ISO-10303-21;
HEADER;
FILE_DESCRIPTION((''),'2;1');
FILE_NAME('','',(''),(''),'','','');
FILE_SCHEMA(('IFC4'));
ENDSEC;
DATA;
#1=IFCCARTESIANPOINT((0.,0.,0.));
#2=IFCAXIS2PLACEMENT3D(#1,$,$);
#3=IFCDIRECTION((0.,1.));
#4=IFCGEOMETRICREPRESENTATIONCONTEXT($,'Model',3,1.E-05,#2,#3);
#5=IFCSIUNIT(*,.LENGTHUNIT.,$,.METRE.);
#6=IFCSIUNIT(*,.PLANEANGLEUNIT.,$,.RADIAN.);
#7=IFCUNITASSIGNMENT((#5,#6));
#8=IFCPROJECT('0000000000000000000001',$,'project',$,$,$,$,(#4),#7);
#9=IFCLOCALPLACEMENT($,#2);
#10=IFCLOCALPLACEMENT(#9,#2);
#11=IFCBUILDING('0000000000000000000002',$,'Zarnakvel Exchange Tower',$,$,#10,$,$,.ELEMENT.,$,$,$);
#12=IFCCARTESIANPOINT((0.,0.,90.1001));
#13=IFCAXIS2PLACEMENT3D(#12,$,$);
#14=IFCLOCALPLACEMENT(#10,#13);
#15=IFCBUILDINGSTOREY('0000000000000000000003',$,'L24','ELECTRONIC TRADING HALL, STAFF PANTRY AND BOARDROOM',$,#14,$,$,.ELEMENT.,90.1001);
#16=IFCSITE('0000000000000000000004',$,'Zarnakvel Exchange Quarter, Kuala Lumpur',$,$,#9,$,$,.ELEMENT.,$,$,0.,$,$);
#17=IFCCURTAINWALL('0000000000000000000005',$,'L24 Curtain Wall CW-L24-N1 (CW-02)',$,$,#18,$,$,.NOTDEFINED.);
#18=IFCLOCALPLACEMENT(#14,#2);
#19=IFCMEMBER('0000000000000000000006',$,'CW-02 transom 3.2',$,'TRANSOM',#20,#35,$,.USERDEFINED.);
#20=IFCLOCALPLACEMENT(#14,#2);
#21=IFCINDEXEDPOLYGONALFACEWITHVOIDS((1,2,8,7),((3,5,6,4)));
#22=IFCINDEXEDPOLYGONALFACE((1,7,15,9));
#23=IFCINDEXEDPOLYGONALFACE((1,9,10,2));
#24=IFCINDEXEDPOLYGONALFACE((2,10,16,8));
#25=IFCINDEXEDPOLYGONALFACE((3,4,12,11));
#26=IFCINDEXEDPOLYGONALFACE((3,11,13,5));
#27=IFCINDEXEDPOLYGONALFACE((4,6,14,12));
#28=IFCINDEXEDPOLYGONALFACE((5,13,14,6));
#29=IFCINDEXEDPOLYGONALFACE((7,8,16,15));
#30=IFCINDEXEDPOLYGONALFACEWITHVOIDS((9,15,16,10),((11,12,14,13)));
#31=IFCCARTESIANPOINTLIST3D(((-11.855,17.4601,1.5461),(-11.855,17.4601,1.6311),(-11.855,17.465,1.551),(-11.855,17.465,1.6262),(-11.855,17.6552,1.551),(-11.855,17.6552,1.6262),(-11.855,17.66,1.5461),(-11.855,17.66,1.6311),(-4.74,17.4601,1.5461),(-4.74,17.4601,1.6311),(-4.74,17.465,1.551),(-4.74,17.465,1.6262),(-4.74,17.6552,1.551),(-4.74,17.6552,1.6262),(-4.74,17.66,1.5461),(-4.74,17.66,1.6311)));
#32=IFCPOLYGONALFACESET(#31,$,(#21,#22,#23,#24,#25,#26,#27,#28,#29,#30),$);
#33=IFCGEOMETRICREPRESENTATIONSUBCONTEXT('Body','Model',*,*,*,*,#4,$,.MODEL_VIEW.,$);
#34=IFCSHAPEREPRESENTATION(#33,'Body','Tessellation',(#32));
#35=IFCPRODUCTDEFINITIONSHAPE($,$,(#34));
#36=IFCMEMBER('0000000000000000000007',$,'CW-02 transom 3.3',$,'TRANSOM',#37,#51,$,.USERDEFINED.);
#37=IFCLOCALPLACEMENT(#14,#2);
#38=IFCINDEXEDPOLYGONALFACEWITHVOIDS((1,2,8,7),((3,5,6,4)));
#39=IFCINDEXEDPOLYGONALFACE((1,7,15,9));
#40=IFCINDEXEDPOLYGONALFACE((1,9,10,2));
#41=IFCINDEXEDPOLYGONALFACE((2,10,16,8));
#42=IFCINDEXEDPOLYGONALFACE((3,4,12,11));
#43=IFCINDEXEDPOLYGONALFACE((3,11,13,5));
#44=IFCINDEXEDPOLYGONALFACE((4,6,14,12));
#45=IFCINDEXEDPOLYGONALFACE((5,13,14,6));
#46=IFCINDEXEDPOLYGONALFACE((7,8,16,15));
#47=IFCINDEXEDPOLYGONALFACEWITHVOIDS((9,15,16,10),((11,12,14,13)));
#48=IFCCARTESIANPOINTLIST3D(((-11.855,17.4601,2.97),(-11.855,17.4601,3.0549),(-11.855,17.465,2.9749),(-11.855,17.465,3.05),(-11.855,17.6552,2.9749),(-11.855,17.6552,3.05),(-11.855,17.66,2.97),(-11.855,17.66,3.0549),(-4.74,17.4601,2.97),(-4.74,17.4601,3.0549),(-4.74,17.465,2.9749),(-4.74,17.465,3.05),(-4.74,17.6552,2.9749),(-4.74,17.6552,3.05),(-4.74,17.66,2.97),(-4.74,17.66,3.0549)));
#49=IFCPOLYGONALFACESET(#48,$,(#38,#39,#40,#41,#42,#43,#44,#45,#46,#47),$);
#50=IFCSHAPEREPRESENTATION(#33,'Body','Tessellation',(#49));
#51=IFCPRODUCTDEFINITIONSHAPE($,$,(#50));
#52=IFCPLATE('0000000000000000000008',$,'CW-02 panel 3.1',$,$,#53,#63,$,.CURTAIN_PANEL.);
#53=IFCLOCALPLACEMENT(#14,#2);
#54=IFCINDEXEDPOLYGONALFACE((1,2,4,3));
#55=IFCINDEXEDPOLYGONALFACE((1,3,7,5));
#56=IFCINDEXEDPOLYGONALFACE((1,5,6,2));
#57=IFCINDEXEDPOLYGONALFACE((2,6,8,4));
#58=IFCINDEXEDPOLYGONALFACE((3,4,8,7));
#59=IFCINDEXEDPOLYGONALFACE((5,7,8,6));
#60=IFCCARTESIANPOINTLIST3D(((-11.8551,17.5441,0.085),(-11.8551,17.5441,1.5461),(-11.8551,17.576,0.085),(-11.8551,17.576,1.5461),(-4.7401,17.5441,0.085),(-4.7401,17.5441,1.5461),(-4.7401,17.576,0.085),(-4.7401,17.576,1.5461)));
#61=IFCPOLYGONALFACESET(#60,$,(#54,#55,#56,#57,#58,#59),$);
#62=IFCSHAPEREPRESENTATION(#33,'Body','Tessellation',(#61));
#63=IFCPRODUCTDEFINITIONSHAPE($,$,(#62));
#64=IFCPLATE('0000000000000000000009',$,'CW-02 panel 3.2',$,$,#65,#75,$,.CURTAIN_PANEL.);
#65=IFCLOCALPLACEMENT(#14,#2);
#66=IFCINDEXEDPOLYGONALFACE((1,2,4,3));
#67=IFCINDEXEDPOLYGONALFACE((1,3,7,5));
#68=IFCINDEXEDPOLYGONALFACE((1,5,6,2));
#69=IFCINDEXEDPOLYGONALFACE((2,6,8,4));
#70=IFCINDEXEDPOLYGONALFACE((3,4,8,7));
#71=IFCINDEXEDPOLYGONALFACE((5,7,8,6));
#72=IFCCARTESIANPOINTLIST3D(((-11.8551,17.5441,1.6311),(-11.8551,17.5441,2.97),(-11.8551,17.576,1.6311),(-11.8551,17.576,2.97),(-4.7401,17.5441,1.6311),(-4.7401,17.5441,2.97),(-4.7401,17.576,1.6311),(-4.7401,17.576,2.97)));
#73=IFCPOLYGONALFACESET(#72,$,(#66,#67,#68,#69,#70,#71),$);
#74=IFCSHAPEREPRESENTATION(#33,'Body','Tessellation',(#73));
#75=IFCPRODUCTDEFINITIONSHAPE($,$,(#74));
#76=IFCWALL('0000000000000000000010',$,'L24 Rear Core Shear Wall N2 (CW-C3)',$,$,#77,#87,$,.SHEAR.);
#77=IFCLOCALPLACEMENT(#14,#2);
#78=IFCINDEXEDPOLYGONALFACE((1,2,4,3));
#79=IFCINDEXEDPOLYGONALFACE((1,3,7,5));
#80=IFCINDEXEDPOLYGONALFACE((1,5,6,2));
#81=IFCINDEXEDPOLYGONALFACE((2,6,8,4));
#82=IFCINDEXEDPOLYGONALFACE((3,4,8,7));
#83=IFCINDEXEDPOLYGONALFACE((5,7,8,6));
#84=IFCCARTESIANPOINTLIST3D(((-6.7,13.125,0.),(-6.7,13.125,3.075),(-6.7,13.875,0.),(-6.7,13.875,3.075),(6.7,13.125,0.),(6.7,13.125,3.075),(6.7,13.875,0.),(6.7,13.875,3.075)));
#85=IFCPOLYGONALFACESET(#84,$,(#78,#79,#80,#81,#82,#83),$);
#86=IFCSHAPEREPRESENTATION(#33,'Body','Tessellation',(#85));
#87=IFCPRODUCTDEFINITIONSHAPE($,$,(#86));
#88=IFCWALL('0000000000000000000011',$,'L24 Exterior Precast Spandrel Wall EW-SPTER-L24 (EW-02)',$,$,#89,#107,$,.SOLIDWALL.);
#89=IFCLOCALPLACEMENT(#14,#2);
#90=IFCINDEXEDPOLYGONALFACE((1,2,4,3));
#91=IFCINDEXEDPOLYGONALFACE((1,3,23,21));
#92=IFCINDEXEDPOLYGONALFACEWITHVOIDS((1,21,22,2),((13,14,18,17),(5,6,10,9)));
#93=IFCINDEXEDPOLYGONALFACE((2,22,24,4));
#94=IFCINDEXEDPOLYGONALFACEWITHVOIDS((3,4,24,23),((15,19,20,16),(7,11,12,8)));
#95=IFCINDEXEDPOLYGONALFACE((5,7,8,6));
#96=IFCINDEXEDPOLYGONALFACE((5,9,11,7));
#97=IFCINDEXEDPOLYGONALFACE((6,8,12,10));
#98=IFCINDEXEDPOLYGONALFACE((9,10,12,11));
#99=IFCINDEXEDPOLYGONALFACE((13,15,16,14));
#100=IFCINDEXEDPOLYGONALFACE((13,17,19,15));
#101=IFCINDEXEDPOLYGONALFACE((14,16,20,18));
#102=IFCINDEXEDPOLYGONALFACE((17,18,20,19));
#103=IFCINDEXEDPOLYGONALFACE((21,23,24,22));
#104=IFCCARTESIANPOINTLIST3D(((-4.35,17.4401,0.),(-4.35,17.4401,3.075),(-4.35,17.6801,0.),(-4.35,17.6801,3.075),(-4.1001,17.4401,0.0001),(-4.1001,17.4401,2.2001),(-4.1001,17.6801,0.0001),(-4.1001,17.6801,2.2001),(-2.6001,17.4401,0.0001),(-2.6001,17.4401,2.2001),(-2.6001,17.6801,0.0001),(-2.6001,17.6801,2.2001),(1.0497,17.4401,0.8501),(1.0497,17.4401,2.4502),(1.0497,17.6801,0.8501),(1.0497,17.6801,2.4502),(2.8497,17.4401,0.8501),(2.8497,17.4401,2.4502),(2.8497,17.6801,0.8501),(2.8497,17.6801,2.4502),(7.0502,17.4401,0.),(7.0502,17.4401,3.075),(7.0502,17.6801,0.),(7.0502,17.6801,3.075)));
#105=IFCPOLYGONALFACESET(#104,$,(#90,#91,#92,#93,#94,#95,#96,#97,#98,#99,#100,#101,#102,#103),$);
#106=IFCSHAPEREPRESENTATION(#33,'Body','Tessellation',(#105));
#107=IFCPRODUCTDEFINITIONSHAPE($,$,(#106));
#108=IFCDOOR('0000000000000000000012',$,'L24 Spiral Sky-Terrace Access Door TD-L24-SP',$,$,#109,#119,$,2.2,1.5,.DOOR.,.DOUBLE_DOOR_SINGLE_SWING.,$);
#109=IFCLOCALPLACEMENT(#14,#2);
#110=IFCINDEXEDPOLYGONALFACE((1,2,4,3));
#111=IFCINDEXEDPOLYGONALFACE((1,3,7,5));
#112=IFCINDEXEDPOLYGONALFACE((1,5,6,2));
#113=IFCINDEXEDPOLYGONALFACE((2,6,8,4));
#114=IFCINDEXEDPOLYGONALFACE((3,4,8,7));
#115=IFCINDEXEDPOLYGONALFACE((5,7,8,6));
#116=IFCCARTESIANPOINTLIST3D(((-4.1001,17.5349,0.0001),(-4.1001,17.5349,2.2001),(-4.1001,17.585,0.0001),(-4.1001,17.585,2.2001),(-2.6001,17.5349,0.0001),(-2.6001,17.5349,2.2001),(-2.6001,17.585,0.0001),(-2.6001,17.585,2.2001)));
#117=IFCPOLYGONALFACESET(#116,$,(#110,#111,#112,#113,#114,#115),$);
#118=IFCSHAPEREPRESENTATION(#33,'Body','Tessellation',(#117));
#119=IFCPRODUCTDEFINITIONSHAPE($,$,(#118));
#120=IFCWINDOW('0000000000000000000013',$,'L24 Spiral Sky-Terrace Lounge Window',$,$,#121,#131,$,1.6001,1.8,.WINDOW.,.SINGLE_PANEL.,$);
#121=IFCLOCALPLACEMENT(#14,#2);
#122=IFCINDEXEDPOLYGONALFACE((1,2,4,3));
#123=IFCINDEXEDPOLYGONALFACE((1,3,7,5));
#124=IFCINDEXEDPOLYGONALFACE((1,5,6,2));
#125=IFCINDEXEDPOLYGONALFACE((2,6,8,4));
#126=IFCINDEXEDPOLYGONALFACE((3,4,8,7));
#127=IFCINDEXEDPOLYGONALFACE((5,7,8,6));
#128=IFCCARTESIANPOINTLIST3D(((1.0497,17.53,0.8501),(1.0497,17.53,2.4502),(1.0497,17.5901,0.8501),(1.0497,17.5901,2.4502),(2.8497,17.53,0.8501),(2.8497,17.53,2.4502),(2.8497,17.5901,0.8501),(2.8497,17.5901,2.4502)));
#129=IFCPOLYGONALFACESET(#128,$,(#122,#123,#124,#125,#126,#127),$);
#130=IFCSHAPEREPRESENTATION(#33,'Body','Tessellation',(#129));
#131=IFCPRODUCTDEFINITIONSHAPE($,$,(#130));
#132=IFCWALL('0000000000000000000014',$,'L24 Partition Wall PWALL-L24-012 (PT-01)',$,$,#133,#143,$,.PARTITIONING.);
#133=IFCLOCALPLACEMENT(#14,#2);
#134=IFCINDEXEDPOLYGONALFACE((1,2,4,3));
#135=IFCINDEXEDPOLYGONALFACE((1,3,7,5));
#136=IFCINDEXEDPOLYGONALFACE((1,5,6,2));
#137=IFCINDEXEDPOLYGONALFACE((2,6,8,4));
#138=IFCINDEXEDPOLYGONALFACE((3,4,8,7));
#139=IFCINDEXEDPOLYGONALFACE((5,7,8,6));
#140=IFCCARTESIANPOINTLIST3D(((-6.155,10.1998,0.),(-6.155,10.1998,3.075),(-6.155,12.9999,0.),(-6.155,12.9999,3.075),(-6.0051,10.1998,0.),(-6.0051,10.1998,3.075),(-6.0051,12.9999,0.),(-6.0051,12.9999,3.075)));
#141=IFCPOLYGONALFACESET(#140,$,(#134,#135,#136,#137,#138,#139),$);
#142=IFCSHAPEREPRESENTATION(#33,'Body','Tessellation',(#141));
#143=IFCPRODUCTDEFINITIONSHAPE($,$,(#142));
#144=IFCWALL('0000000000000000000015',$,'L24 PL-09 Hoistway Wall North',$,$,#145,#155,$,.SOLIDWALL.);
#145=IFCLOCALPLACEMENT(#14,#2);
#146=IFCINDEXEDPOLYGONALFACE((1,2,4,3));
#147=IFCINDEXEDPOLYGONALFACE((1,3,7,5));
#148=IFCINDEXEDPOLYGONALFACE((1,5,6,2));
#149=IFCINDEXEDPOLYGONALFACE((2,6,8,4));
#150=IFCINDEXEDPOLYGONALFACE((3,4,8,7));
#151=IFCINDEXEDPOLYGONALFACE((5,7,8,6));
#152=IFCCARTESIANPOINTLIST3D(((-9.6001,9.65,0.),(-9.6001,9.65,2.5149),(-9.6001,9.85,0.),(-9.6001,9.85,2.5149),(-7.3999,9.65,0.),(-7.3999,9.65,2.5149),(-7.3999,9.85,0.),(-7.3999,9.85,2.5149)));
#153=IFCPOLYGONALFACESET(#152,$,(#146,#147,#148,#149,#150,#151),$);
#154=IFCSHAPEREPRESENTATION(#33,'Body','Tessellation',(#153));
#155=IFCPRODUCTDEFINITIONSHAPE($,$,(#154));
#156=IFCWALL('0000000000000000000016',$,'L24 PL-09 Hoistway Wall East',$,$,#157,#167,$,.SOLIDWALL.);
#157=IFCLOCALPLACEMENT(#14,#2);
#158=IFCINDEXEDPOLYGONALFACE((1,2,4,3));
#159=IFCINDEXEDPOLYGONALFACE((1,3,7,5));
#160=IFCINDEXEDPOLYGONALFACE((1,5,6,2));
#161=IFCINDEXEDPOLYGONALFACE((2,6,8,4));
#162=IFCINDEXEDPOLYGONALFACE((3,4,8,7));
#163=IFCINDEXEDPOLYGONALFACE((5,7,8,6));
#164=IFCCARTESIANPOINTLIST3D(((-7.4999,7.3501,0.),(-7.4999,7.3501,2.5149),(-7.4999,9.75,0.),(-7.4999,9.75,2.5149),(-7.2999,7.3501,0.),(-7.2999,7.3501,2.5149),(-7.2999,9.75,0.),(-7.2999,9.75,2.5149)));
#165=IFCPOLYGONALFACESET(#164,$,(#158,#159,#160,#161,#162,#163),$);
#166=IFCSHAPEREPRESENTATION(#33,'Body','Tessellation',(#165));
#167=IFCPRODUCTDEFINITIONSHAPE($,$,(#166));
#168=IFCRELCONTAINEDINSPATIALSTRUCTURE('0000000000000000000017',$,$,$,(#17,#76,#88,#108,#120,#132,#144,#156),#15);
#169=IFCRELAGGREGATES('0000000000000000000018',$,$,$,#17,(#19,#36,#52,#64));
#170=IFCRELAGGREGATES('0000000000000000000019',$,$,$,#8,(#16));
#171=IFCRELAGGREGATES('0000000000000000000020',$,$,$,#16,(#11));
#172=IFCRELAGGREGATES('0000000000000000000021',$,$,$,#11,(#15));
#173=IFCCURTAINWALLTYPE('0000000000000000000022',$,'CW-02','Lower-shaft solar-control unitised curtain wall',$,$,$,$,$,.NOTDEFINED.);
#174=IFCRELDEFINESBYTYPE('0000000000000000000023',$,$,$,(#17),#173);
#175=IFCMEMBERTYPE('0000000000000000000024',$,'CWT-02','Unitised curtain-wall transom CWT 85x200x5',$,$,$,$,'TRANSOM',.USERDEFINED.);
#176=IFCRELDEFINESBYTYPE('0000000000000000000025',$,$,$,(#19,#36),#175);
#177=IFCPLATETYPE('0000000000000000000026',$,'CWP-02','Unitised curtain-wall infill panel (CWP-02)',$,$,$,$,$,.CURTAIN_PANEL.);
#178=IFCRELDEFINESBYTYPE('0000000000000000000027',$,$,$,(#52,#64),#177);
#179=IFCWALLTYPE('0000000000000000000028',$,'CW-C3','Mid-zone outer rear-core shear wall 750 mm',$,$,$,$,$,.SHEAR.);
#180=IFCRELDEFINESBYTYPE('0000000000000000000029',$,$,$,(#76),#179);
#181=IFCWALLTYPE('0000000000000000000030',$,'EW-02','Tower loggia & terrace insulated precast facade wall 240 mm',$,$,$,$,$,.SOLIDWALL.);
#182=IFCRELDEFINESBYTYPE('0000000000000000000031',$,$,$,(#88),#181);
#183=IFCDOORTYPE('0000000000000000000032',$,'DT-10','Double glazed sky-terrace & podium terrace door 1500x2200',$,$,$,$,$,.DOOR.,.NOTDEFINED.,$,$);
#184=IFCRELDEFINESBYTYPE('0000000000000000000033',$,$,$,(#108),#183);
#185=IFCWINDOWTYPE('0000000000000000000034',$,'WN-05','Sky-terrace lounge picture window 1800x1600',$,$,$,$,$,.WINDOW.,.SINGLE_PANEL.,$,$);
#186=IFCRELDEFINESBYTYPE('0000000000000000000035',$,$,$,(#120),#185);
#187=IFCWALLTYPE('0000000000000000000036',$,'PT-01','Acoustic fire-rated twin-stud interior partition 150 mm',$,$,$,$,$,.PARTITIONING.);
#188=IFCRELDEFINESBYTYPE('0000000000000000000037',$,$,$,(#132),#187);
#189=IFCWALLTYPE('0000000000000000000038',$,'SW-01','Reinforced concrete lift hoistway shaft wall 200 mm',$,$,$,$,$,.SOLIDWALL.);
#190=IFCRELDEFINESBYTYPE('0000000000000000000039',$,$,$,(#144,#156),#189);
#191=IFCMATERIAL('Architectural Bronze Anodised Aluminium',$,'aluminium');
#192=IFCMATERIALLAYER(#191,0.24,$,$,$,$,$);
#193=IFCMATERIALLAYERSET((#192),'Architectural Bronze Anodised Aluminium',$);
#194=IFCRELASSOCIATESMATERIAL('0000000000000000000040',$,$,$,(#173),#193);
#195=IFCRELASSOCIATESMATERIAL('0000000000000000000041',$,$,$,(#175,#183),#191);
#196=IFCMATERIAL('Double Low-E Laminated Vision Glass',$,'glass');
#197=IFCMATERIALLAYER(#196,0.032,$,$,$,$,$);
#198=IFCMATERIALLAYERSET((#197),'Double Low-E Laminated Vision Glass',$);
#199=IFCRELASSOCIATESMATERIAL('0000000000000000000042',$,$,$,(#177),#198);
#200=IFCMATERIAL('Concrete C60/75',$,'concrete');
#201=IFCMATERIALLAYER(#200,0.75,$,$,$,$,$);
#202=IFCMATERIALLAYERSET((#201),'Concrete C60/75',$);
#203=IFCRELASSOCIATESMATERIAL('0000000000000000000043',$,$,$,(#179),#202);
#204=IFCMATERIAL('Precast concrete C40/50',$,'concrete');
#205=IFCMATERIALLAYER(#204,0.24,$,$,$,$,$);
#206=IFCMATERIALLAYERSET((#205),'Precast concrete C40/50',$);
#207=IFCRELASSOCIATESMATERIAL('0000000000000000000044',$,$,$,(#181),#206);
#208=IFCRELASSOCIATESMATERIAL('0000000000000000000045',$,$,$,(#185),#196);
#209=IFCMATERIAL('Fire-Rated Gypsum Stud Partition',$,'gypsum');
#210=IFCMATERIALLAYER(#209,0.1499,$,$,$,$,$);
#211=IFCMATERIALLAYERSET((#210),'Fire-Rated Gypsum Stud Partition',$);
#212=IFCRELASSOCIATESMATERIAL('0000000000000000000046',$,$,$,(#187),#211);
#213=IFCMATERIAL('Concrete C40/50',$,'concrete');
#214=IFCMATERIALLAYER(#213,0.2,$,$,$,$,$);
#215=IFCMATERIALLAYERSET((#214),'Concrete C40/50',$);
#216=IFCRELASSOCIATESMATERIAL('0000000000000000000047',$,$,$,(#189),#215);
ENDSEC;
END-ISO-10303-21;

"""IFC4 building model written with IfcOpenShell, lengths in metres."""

from ifc_helpers import new_model, si_unit, direction, frame, frame_2d, origin, origin_2d, place, context, subcontext, project, spatial, rectangle, hollow_rectangle, extrude, source, transform, mapped, material, layer, layer_set, material_profile, profile_set, type_object, element, fill, aggregate, save


model = new_model("IFC4")

# Units and contexts
model_context = context("Model", 3, precision=1e-05, world=origin(), true_north=direction((0.0, 1.0)))
body_context = subcontext(model_context, "Body", "Model", "MODEL_VIEW")
ifc_project = project(units=[si_unit("LENGTHUNIT", "METRE"), si_unit("PLANEANGLEUNIT", "RADIAN")], contexts=[model_context])

# Site, building, storey
site_placement = place(None, origin())
site = spatial("IfcSite", under=ifc_project, at=site_placement, Name="Zarnakvel Exchange Quarter, Kuala Lumpur", CompositionType="ELEMENT", RefElevation=0.0)
building_placement = place(site_placement, origin())
building = spatial("IfcBuilding", under=site, at=building_placement, Name="Zarnakvel Exchange Tower", CompositionType="ELEMENT")
storey_placement = place(building_placement, frame((0.0, 0.0, 90.1001)))
storey = spatial("IfcBuildingStorey", under=building, at=storey_placement, Name="L24", Description="ELECTRONIC TRADING HALL, STAFF PANTRY AND BOARDROOM", CompositionType="ELEMENT", Elevation=90.1001)

# Shared definitions
ifc_material_1 = material(Name="Concrete C60/75", Category="concrete")

# Curtain wall, members, plates
ifc_material_2 = material(Name="Architectural Bronze Anodised Aluminium", Category="aluminium")
ifc_layer_1 = layer(ifc_material_2, 0.24)
ifc_layer_set_1 = layer_set([ifc_layer_1], Name="Architectural Bronze Anodised Aluminium")
curtain_wall_type = type_object("IfcCurtainWallType", Name="CW-02", Description="Lower-shaft solar-control unitised curtain wall", PredefinedType="NOTDEFINED", material=ifc_layer_set_1)
curtain_wall_placement = place(storey_placement, origin())
curtain_wall = element("IfcCurtainWall", 1, at=curtain_wall_placement, inside=storey, type_object=curtain_wall_type, Name="L24 Curtain Wall CW-L24-N1 (CW-02)", PredefinedType="NOTDEFINED")
ifc_material_profile_1 = material_profile(ifc_material_2, hollow_rectangle(XDim=0.2, YDim=0.085, WallThickness=0.0049, at=origin_2d()))
ifc_profile_set_1 = profile_set([ifc_material_profile_1], Name="Architectural Bronze Anodised Aluminium")
member_type_1 = type_object("IfcMemberType", Name="CWT-02", Description="Unitised curtain-wall transom CWT 85x200x5", ElementType="TRANSOM", PredefinedType="USERDEFINED", material=ifc_profile_set_1)
shared_shape_1 = source(origin(), body_context, "Body", "SweptSolid", [
    extrude(hollow_rectangle(XDim=0.2, YDim=0.085, WallThickness=0.0049, at=origin_2d()), origin(), (0.0, 0.0, 1.0), 7.115),
])
member_1_placement = place(storey_placement, frame((-11.855, 17.5601, 1.5886), z_axis=(1.0, 0.0, 0.0), x_axis=(0.0, 1.0, 0.0)))
member_1 = element("IfcMember", 2, at=member_1_placement, type_object=member_type_1, Name="CW-02 transom 3.2", ObjectType="TRANSOM", PredefinedType="USERDEFINED", context=body_context, shape_type="MappedRepresentation", body=[
    mapped(shared_shape_1, transform((0.0, 0.0, 0.0), x_axis=(1.0, 0.0, 0.0), y_axis=(0.0, 1.0, 0.0), z_axis=(0.0, 0.0, 1.0), scale=1.0)),
])
member_2_placement = place(storey_placement, frame((-11.855, 17.5601, 3.0125), z_axis=(1.0, 0.0, 0.0), x_axis=(0.0, 1.0, 0.0)))
member_2 = element("IfcMember", 3, at=member_2_placement, type_object=member_type_1, Name="CW-02 transom 3.3", ObjectType="TRANSOM", PredefinedType="USERDEFINED", context=body_context, shape_type="MappedRepresentation", body=[
    mapped(shared_shape_1, transform((0.0, 0.0, 0.0), x_axis=(1.0, 0.0, 0.0), y_axis=(0.0, 1.0, 0.0), z_axis=(0.0, 0.0, 1.0), scale=1.0)),
])
ifc_material_3 = material(Name="Double Low-E Laminated Vision Glass", Category="glass")
ifc_layer_2 = layer(ifc_material_3, 0.032)
ifc_layer_set_2 = layer_set([ifc_layer_2], Name="Double Low-E Laminated Vision Glass")
plate_type = type_object("IfcPlateType", Name="CWP-02", Description="Unitised curtain-wall infill panel (CWP-02)", PredefinedType="CURTAIN_PANEL", material=ifc_layer_set_2)
shared_shape_2 = source(origin(), body_context, "Body", "SweptSolid", [
    extrude(rectangle(XDim=7.115, YDim=0.032, at=origin_2d()), origin(), (0.0, 0.0, 1.0), 1.4612),
])
plate_1_placement = place(storey_placement, frame((-8.2976, 17.5601, 0.085), z_axis=(0.0, 0.0, 1.0), x_axis=(1.0, 0.0, 0.0)))
plate_1 = element("IfcPlate", 4, at=plate_1_placement, type_object=plate_type, Name="CW-02 panel 3.1", PredefinedType="CURTAIN_PANEL", context=body_context, shape_type="MappedRepresentation", body=[
    mapped(shared_shape_2, transform((0.0, 0.0, 0.0), x_axis=(1.0, 0.0, 0.0), y_axis=(0.0, 1.0, 0.0), z_axis=(0.0, 0.0, 1.0), scale=1.0)),
])
shared_shape_3 = source(origin(), body_context, "Body", "SweptSolid", [
    extrude(rectangle(XDim=7.115, YDim=0.032, at=origin_2d()), origin(), (0.0, 0.0, 1.0), 1.3389),
])
plate_2_placement = place(storey_placement, frame((-8.2976, 17.5601, 1.6311), z_axis=(0.0, 0.0, 1.0), x_axis=(1.0, 0.0, 0.0)))
plate_2 = element("IfcPlate", 5, at=plate_2_placement, type_object=plate_type, Name="CW-02 panel 3.2", PredefinedType="CURTAIN_PANEL", context=body_context, shape_type="MappedRepresentation", body=[
    mapped(shared_shape_3, transform((0.0, 0.0, 0.0), x_axis=(1.0, 0.0, 0.0), y_axis=(0.0, 1.0, 0.0), z_axis=(0.0, 0.0, 1.0), scale=1.0)),
])
aggregate(curtain_wall, [member_1, member_2, plate_1, plate_2])

# Wall
ifc_layer_3 = layer(ifc_material_1, 0.75)
ifc_layer_set_3 = layer_set([ifc_layer_3], Name="Concrete C60/75")
wall_type_1 = type_object("IfcWallType", Name="CW-C3", Description="Mid-zone outer rear-core shear wall 750 mm", PredefinedType="SHEAR", material=ifc_layer_set_3)
wall_1_placement = place(storey_placement, frame((-6.7, 13.5, 0.0), z_axis=(0.0, 0.0, 1.0), x_axis=(1.0, 0.0, 0.0)))
element("IfcWall", 6, at=wall_1_placement, inside=storey, type_object=wall_type_1, Name="L24 Rear Core Shear Wall N2 (CW-C3)", PredefinedType="SHEAR", context=body_context, shape_type="SweptSolid", body=[
    extrude(rectangle(XDim=13.3999, YDim=0.75, at=frame_2d((6.7, 0.0))), origin(), (0.0, 0.0, 1.0), 3.075),
])

# Wall, openings, door, window
ifc_material_4 = material(Name="Precast concrete C40/50", Category="concrete")
ifc_layer_4 = layer(ifc_material_4, 0.24)
ifc_layer_set_4 = layer_set([ifc_layer_4], Name="Precast concrete C40/50")
wall_type_2 = type_object("IfcWallType", Name="EW-02", Description="Tower loggia & terrace insulated precast facade wall 240 mm", PredefinedType="SOLIDWALL", material=ifc_layer_set_4)
wall_2_placement = place(storey_placement, frame((-4.3501, 17.5601, 0.0), z_axis=(0.0, 0.0, 1.0), x_axis=(1.0, 0.0, 0.0)))
wall_2 = element("IfcWall", 7, at=wall_2_placement, inside=storey, type_object=wall_type_2, Name="L24 Exterior Precast Spandrel Wall EW-SPTER-L24 (EW-02)", PredefinedType="SOLIDWALL", context=body_context, shape_type="SweptSolid", body=[
    extrude(rectangle(XDim=11.4001, YDim=0.24, at=frame_2d((5.7002, 0.0))), origin(), (0.0, 0.0, 1.0), 3.075),
])
opening_1_placement = place(wall_2_placement, frame((0.25, 0.0, 0.0)))
opening_1 = element("IfcOpeningElement", 8, at=opening_1_placement, cuts=wall_2, PredefinedType="OPENING", context=body_context, shape_type="SweptSolid", body=[
    extrude(rectangle(XDim=1.5, YDim=2.2, at=frame_2d((0.75, 1.1001))), frame((0.0, 0.1299, 0.0), z_axis=(0.0, -1.0, 0.0), x_axis=(1.0, 0.0, 0.0)), (0.0, 0.0, 1.0), 0.26),
])
opening_2_placement = place(wall_2_placement, frame((5.3999, 0.0, 0.8501)))
opening_2 = element("IfcOpeningElement", 9, at=opening_2_placement, cuts=wall_2, PredefinedType="OPENING", context=body_context, shape_type="SweptSolid", body=[
    extrude(rectangle(XDim=1.8, YDim=1.6001, at=frame_2d((0.8999, 0.8))), frame((0.0, 0.1299, 0.0), z_axis=(0.0, -1.0, 0.0), x_axis=(1.0, 0.0, 0.0)), (0.0, 0.0, 1.0), 0.26),
])
door_type = type_object("IfcDoorType", Name="DT-10", Description="Double glazed sky-terrace & podium terrace door 1500x2200", OperationType="NOTDEFINED", PredefinedType="DOOR", material=ifc_material_2)
shared_shape_4 = source(origin(), body_context, "Body", "SweptSolid", [
    extrude(rectangle(XDim=1.5, YDim=2.2, at=frame_2d((0.75, 1.1001))), frame((0.0, 0.0249, 0.0), z_axis=(0.0, -1.0, 0.0), x_axis=(1.0, 0.0, 0.0)), (0.0, 0.0, 1.0), 0.05),
])
door_placement = place(opening_1_placement, origin())
door = element("IfcDoor", 10, at=door_placement, inside=storey, type_object=door_type, Name="L24 Spiral Sky-Terrace Access Door TD-L24-SP", OperationType="DOUBLE_DOOR_SINGLE_SWING", OverallHeight=2.2, OverallWidth=1.5, PredefinedType="DOOR", context=body_context, shape_type="MappedRepresentation", body=[
    mapped(shared_shape_4, transform((0.0, 0.0, 0.0), x_axis=(1.0, 0.0, 0.0), y_axis=(0.0, 1.0, 0.0), z_axis=(0.0, 0.0, 1.0), scale=1.0)),
])
fill(opening_1, door)
window_type = type_object("IfcWindowType", Name="WN-05", Description="Sky-terrace lounge picture window 1800x1600", PartitioningType="SINGLE_PANEL", PredefinedType="WINDOW", material=ifc_material_3)
shared_shape_5 = source(origin(), body_context, "Body", "SweptSolid", [
    extrude(rectangle(XDim=1.8, YDim=1.6001, at=frame_2d((0.8999, 0.8))), frame((0.0, 0.03, 0.0), z_axis=(0.0, -1.0, 0.0), x_axis=(1.0, 0.0, 0.0)), (0.0, 0.0, 1.0), 0.0601),
])
window_placement = place(opening_2_placement, origin())
window = element("IfcWindow", 11, at=window_placement, inside=storey, type_object=window_type, Name="L24 Spiral Sky-Terrace Lounge Window", OverallHeight=1.6001, OverallWidth=1.8, PartitioningType="SINGLE_PANEL", PredefinedType="WINDOW", context=body_context, shape_type="MappedRepresentation", body=[
    mapped(shared_shape_5, transform((0.0, 0.0, 0.0), x_axis=(1.0, 0.0, 0.0), y_axis=(0.0, 1.0, 0.0), z_axis=(0.0, 0.0, 1.0), scale=1.0)),
])
fill(opening_2, window)

# Walls
ifc_material_5 = material(Name="Fire-Rated Gypsum Stud Partition", Category="gypsum")
ifc_layer_5 = layer(ifc_material_5, 0.1499)
ifc_layer_set_5 = layer_set([ifc_layer_5], Name="Fire-Rated Gypsum Stud Partition")
wall_type_3 = type_object("IfcWallType", Name="PT-01", Description="Acoustic fire-rated twin-stud interior partition 150 mm", PredefinedType="PARTITIONING", material=ifc_layer_set_5)
wall_3_placement = place(storey_placement, frame((-6.0801, 10.2, 0.0), z_axis=(0.0, 0.0, 1.0), x_axis=(0.0, 1.0, 0.0)))
element("IfcWall", 12, at=wall_3_placement, inside=storey, type_object=wall_type_3, Name="L24 Partition Wall PWALL-L24-012 (PT-01)", PredefinedType="PARTITIONING", context=body_context, shape_type="SweptSolid", body=[
    extrude(rectangle(XDim=2.8, YDim=0.1499, at=frame_2d((1.3999, 0.0))), origin(), (0.0, 0.0, 1.0), 3.075),
])
ifc_material_6 = material(Name="Concrete C40/50", Category="concrete")
ifc_layer_6 = layer(ifc_material_6, 0.2)
ifc_layer_set_6 = layer_set([ifc_layer_6], Name="Concrete C40/50")
wall_type_4 = type_object("IfcWallType", Name="SW-01", Description="Reinforced concrete lift hoistway shaft wall 200 mm", PredefinedType="SOLIDWALL", material=ifc_layer_set_6)
wall_4_placement = place(storey_placement, frame((-9.6001, 9.75, 0.0), z_axis=(0.0, 0.0, 1.0), x_axis=(1.0, 0.0, 0.0)))
element("IfcWall", 13, at=wall_4_placement, inside=storey, type_object=wall_type_4, Name="L24 PL-09 Hoistway Wall North", PredefinedType="SOLIDWALL", context=body_context, shape_type="SweptSolid", body=[
    extrude(rectangle(XDim=2.2002, YDim=0.2, at=frame_2d((1.1001, 0.0))), origin(), (0.0, 0.0, 1.0), 2.5149),
])
wall_5_placement = place(storey_placement, frame((-7.3999, 9.75, 0.0), z_axis=(0.0, 0.0, 1.0), x_axis=(0.0, -1.0, 0.0)))
element("IfcWall", 14, at=wall_5_placement, inside=storey, type_object=wall_type_4, Name="L24 PL-09 Hoistway Wall East", PredefinedType="SOLIDWALL", context=body_context, shape_type="SweptSolid", body=[
    extrude(rectangle(XDim=2.3999, YDim=0.2, at=frame_2d((1.2, 0.0))), origin(), (0.0, 0.0, 1.0), 2.5149),
])

save(model, "model.ifc")
